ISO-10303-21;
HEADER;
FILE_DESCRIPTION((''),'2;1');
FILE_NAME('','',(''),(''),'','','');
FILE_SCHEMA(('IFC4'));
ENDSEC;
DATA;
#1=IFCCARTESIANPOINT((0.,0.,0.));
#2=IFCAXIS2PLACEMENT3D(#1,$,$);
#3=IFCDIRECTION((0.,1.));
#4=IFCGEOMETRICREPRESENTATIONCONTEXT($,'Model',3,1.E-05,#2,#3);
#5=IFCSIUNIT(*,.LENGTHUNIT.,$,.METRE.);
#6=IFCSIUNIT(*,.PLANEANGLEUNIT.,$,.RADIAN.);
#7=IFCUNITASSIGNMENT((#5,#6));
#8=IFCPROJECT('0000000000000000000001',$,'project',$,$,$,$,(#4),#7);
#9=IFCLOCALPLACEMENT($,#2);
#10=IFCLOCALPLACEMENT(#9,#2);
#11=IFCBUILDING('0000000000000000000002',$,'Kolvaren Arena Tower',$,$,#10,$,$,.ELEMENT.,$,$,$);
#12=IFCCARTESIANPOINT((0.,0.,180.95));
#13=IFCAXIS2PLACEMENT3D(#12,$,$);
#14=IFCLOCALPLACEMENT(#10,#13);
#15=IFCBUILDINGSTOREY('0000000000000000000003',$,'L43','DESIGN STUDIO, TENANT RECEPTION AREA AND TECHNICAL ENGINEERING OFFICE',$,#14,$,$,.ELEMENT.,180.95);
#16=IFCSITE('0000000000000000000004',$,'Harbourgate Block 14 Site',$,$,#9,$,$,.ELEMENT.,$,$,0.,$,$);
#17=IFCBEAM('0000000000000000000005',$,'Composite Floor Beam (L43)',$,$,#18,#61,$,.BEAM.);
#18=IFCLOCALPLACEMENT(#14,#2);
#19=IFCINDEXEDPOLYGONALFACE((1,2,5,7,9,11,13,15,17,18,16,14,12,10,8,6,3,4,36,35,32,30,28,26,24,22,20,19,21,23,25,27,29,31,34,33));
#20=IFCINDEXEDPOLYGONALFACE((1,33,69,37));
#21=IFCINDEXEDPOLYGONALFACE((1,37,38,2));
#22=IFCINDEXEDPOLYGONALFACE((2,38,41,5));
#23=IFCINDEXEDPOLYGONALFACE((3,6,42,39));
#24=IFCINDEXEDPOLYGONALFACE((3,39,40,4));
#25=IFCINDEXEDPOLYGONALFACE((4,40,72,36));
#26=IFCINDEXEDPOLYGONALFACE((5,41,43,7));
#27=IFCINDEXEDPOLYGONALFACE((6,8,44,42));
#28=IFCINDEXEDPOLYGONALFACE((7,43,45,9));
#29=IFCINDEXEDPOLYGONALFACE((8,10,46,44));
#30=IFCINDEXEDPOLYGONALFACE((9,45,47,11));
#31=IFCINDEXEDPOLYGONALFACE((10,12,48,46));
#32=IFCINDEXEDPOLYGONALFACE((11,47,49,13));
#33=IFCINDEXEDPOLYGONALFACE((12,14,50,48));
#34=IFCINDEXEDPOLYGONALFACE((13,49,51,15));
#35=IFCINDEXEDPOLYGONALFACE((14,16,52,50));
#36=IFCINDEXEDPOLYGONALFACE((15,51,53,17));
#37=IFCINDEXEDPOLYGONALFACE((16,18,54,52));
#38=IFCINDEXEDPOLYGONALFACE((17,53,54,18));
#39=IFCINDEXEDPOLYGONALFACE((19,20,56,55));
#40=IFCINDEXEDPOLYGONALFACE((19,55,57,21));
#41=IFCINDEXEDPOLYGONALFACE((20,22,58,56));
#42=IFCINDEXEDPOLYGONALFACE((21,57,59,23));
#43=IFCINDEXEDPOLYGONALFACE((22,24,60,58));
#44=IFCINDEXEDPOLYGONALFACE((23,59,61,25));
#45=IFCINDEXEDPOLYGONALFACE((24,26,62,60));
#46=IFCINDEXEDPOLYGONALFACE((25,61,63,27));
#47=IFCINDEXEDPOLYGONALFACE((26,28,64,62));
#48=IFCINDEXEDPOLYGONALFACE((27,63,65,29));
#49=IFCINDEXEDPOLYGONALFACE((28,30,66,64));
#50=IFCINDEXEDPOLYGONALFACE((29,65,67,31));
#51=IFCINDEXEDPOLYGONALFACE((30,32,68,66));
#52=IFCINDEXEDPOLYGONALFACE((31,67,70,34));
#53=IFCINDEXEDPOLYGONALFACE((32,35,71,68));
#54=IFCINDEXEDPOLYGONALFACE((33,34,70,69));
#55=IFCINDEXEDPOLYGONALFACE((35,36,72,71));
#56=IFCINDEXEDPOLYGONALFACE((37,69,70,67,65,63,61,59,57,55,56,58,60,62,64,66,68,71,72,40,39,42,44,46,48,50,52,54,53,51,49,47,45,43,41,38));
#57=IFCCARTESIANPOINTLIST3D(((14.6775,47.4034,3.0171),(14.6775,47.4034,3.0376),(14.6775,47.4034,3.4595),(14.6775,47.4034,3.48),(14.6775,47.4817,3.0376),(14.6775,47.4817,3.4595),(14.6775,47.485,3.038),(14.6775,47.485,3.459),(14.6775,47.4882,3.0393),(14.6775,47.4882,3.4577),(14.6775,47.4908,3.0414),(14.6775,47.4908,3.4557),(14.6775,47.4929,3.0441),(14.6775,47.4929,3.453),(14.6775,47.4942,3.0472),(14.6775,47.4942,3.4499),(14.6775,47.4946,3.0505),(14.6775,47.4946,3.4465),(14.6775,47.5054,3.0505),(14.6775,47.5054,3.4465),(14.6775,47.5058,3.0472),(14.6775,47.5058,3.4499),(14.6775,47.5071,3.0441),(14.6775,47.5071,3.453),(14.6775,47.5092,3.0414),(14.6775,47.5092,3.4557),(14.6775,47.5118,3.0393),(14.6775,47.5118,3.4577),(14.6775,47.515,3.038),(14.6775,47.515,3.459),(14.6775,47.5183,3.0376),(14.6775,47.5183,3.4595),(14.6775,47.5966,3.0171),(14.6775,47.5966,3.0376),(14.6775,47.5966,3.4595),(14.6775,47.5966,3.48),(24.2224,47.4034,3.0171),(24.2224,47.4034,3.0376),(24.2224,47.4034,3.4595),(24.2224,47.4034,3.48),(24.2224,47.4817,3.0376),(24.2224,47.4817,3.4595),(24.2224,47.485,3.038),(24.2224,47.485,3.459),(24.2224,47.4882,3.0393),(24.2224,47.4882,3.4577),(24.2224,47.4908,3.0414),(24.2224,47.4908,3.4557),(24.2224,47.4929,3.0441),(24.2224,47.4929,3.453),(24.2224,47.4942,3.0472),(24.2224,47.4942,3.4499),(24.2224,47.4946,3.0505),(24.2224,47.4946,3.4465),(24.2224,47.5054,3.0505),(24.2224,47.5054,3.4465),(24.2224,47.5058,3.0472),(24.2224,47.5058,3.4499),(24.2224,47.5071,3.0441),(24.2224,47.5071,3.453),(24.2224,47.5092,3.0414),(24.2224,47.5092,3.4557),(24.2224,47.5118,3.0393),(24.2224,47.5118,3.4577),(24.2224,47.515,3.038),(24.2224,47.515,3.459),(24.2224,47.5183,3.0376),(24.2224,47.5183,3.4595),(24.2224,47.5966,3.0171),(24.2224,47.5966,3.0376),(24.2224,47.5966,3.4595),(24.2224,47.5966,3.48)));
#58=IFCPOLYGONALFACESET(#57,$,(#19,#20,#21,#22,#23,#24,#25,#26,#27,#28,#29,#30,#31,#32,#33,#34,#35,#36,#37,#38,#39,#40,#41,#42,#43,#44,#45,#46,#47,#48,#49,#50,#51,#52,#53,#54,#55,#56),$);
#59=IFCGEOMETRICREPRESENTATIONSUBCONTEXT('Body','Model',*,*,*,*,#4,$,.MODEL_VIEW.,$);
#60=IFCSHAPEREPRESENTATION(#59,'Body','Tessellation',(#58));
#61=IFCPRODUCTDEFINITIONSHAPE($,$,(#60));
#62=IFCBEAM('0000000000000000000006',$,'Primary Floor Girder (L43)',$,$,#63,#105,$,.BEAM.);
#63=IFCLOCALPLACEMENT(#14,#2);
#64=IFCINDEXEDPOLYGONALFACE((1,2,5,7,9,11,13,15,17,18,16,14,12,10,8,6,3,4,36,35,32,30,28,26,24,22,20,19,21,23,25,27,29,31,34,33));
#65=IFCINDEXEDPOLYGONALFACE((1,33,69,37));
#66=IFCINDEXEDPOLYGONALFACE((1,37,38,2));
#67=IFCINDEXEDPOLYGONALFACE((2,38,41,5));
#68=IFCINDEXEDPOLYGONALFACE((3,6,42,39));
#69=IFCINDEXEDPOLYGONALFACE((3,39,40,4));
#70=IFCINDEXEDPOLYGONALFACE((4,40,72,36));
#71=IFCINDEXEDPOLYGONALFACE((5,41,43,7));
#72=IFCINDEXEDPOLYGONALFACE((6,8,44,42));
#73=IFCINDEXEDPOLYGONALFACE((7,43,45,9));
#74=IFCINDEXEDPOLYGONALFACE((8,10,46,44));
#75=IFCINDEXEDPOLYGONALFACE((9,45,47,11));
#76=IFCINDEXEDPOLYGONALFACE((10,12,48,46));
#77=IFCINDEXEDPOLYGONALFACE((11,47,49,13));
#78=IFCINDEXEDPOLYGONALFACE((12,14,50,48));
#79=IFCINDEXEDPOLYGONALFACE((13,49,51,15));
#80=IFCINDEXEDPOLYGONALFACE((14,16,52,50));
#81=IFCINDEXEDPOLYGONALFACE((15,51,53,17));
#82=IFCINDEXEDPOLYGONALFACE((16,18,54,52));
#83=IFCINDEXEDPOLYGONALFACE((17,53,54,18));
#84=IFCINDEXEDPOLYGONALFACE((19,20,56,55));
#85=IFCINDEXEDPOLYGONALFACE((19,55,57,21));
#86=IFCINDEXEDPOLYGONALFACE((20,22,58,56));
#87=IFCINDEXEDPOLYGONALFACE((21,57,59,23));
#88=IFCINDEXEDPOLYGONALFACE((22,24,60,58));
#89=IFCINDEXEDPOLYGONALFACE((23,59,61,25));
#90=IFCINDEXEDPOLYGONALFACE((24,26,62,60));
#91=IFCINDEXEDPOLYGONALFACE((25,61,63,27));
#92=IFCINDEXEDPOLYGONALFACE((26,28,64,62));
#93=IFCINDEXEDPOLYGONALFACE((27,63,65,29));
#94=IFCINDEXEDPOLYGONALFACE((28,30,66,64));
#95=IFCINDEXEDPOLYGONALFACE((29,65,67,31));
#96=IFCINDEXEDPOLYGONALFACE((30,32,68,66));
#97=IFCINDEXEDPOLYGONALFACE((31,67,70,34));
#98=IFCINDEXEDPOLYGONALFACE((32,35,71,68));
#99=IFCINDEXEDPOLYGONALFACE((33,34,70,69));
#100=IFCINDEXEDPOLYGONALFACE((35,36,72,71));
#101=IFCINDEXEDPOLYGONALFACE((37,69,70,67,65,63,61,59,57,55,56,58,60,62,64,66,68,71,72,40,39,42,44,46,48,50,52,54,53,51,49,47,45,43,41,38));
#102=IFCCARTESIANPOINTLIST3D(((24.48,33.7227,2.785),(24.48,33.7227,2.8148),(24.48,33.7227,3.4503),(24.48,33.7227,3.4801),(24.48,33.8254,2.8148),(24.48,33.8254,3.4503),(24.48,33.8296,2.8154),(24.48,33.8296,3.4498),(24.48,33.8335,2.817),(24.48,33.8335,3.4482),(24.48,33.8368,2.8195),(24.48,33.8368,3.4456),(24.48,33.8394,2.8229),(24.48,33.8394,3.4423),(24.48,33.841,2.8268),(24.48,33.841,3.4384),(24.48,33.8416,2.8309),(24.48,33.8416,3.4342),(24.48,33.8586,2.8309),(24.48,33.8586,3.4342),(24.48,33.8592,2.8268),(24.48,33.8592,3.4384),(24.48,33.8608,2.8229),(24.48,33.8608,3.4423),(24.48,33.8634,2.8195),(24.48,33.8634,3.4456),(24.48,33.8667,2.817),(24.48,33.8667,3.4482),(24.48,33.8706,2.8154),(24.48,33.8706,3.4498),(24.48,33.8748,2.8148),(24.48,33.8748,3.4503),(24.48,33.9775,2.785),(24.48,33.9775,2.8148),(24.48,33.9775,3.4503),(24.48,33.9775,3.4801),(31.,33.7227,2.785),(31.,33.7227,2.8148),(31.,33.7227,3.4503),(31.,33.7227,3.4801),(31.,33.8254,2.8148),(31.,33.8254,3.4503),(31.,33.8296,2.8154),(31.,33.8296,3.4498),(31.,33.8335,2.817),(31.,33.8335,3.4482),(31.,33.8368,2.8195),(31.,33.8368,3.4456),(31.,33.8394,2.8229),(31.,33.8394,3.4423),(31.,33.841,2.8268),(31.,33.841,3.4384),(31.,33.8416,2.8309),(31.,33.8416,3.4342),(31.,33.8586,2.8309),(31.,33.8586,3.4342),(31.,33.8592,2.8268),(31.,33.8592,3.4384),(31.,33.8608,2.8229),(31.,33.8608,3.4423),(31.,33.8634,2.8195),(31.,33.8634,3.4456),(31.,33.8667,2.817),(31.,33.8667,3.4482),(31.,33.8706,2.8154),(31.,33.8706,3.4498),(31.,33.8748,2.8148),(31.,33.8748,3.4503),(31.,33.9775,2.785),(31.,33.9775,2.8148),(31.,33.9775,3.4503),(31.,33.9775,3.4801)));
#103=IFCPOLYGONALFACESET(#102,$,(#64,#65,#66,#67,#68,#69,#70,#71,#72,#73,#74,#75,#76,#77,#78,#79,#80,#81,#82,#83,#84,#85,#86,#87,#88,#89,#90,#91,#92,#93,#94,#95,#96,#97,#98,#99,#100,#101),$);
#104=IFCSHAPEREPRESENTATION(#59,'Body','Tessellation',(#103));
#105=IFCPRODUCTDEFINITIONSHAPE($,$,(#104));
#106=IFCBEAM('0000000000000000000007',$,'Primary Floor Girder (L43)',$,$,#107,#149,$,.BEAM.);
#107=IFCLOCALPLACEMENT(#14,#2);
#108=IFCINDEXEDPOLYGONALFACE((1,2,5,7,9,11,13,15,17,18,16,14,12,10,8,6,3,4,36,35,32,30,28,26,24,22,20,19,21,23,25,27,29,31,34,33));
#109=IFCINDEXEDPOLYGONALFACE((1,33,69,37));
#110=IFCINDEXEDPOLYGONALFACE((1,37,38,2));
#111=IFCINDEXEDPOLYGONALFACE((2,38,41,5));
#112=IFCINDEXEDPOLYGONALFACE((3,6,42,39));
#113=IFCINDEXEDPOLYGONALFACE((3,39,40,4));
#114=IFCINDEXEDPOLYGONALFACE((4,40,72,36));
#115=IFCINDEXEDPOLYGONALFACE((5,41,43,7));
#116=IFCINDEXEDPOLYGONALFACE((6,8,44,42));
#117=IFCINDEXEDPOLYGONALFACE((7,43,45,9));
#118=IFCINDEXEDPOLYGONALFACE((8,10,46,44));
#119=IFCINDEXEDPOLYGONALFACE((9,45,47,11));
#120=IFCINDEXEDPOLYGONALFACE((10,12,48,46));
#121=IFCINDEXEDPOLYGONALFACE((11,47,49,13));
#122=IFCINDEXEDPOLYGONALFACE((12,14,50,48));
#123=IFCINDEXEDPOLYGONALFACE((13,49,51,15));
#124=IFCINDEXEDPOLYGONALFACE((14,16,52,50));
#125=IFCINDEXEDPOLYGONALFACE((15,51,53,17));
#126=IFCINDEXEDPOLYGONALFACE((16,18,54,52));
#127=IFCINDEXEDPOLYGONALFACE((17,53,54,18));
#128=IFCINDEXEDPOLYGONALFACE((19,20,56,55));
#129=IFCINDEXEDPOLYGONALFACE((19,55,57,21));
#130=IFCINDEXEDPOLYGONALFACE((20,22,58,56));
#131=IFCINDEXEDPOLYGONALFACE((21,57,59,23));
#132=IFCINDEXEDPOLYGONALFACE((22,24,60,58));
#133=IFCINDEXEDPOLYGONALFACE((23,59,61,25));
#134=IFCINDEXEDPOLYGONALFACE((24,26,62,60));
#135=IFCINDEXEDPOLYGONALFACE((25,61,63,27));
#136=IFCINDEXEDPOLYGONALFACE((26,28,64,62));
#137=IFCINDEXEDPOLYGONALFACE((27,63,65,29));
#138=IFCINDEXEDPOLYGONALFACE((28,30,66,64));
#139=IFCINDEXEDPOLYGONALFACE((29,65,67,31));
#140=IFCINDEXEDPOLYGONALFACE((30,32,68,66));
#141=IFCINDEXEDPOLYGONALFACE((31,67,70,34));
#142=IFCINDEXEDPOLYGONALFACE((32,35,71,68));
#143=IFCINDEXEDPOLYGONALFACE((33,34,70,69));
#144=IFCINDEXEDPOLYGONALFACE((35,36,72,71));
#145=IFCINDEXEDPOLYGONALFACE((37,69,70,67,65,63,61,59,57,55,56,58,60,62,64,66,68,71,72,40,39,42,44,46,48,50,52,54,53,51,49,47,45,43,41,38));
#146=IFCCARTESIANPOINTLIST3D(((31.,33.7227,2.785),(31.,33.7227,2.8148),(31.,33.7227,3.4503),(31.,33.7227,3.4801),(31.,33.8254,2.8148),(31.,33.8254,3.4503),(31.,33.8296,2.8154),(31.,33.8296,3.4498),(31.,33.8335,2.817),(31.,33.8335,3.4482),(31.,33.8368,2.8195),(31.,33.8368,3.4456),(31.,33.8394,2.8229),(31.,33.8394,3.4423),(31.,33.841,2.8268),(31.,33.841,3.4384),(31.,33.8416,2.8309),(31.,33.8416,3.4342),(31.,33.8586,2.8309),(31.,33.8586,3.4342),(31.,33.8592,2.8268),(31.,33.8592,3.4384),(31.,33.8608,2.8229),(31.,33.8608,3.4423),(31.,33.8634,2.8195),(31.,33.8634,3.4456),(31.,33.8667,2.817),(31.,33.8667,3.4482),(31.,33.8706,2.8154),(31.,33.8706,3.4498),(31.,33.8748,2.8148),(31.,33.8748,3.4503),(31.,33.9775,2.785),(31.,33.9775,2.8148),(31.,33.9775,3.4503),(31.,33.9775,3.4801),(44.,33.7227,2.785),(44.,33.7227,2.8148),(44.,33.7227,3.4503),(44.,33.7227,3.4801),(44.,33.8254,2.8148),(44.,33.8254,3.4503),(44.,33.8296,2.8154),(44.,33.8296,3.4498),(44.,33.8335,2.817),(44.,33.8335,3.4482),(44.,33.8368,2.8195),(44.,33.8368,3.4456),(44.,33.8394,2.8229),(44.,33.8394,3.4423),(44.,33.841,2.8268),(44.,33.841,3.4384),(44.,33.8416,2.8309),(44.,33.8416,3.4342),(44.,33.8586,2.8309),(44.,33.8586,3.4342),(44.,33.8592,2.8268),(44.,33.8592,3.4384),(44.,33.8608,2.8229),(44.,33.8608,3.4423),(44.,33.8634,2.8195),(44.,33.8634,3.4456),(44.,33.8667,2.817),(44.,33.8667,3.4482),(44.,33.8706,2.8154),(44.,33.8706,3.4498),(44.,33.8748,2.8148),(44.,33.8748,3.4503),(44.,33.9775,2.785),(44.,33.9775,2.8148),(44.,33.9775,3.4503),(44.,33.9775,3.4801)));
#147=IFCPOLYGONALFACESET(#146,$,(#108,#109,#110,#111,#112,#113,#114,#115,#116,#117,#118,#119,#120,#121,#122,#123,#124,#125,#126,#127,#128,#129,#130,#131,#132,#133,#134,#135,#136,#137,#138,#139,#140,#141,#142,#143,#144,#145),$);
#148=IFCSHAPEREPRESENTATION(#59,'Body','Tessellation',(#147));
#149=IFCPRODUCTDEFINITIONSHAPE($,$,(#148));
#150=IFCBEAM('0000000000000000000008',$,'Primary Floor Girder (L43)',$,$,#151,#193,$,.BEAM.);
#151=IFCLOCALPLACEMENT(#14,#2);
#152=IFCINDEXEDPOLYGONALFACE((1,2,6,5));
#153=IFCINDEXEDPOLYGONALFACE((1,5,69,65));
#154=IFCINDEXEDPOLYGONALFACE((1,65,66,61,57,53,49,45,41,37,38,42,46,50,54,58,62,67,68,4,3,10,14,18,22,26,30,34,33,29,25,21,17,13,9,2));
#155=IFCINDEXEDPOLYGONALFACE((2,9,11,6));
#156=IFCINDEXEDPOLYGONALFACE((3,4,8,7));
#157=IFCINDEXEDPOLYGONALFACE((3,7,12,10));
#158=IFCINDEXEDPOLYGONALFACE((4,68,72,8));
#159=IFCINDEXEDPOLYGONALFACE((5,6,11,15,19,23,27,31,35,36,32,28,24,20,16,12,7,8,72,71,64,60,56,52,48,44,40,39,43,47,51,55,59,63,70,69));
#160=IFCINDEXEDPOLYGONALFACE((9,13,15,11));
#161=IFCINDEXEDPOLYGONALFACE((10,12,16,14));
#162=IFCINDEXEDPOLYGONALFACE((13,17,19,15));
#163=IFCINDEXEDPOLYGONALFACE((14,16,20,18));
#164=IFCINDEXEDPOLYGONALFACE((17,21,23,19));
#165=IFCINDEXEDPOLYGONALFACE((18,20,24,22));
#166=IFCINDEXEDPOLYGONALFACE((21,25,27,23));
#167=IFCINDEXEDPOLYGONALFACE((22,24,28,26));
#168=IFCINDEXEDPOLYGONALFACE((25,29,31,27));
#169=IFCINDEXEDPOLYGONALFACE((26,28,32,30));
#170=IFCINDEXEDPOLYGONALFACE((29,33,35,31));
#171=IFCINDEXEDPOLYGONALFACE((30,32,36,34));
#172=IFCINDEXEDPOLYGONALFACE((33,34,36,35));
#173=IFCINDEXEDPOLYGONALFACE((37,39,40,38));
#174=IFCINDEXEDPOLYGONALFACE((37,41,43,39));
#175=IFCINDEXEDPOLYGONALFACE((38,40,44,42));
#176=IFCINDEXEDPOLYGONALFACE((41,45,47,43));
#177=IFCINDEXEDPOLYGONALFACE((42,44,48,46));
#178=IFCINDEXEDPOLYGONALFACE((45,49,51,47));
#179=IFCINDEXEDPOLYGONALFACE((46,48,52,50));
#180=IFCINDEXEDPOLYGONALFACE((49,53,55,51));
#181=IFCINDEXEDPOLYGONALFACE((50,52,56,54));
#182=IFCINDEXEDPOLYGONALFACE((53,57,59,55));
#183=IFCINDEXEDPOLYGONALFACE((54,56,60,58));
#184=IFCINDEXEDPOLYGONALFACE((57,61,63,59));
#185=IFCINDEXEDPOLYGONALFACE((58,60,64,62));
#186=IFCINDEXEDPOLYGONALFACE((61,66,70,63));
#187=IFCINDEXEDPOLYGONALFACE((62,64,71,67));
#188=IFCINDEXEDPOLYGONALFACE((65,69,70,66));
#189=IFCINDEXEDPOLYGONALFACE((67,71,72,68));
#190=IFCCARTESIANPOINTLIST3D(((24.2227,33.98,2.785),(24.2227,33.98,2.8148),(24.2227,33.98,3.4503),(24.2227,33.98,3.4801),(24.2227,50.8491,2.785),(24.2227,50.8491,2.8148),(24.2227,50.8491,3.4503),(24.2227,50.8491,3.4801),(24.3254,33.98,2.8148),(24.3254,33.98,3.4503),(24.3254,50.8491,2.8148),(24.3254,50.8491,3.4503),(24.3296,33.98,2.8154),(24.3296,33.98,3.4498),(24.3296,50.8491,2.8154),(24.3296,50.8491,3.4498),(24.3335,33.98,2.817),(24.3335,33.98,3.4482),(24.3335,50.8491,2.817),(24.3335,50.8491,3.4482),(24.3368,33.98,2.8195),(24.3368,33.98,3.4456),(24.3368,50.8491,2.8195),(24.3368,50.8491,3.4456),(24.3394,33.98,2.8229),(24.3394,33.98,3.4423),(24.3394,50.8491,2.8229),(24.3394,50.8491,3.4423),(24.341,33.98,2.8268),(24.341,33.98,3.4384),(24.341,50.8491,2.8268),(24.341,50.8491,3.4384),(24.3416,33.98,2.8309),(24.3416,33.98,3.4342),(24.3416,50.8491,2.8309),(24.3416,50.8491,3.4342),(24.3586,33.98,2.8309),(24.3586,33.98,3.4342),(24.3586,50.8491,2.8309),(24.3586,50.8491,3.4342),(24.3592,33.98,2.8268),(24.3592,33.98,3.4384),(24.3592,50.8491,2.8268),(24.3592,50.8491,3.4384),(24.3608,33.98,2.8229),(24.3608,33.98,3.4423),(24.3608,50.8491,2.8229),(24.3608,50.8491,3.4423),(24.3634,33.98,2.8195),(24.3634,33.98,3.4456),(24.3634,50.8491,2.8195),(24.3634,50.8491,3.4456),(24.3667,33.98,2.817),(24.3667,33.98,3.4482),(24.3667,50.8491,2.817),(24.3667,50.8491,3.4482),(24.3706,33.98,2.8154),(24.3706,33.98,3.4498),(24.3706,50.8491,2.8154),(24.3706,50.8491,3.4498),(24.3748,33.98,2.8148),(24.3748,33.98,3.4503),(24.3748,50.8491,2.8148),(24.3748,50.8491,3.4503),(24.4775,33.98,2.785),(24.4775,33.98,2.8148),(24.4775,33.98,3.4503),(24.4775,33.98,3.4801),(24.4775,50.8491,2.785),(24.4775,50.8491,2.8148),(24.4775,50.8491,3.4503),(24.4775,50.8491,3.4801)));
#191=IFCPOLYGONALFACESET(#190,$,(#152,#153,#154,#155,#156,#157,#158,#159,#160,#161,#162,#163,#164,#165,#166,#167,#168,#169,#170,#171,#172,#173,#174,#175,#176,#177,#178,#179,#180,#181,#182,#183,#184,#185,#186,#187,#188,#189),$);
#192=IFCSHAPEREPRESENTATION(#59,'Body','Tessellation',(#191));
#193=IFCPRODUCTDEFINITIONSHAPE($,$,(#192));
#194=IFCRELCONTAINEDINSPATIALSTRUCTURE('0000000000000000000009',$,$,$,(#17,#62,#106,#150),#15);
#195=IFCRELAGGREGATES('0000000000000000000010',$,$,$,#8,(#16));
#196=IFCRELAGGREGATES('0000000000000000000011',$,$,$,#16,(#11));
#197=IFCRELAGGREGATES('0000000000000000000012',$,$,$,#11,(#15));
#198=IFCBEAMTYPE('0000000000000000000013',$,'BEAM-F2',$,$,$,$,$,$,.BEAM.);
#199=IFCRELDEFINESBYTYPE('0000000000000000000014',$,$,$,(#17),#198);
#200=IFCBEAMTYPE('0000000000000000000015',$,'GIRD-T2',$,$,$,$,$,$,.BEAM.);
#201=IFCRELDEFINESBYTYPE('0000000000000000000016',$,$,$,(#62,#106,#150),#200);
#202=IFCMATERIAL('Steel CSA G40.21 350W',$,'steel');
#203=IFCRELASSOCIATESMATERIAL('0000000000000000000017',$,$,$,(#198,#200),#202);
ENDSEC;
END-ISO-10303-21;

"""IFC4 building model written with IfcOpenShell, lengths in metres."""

from ifc_helpers import new_model, si_unit, direction, frame, origin, origin_2d, place, context, subcontext, project, spatial, i_section, extrude, material, material_profile, profile_set, type_object, element, save


model = new_model("IFC4")

# Units and contexts
model_context = context("Model", 3, precision=1e-05, world=origin(), true_north=direction((0.0, 1.0)))
body_context = subcontext(model_context, "Body", "Model", "MODEL_VIEW")
ifc_project = project(units=[si_unit("LENGTHUNIT", "METRE"), si_unit("PLANEANGLEUNIT", "RADIAN")], contexts=[model_context])

# Site, building, storey
site_placement = place(None, origin())
site = spatial("IfcSite", under=ifc_project, at=site_placement, Name="Harbourgate Block 14 Site", CompositionType="ELEMENT", RefElevation=0.0)
building_placement = place(site_placement, origin())
building = spatial("IfcBuilding", under=site, at=building_placement, Name="Kolvaren Arena Tower", CompositionType="ELEMENT")
storey_placement = place(building_placement, frame((0.0, 0.0, 180.95)))
storey = spatial("IfcBuildingStorey", under=building, at=storey_placement, Name="L43", Description="DESIGN STUDIO, TENANT RECEPTION AREA AND TECHNICAL ENGINEERING OFFICE", CompositionType="ELEMENT", Elevation=180.95)

# Beams
ifc_material_1 = material(Name="Steel CSA G40.21 350W", Category="steel")
ifc_material_profile_1 = material_profile(ifc_material_1, i_section(OverallWidth=0.1931, OverallDepth=0.4629, WebThickness=0.0107, FlangeThickness=0.0205, FilletRadius=0.0129, at=origin_2d()), Name="W460x113")
ifc_profile_set_1 = profile_set([ifc_material_profile_1], Name="Steel CSA G40.21 350W")
beam_type_1 = type_object("IfcBeamType", Name="BEAM-F2", PredefinedType="BEAM", material=ifc_profile_set_1)
beam_1_placement = place(storey_placement, frame((14.6775, 47.5, 3.2485), z_axis=(1.0, 0.0, 0.0), x_axis=(0.0, 1.0, 0.0)))
element("IfcBeam", 1, at=beam_1_placement, inside=storey, type_object=beam_type_1, Name="Composite Floor Beam (L43)", PredefinedType="BEAM", context=body_context, shape_type="SweptSolid", body=[
    extrude(i_section(OverallWidth=0.1931, OverallDepth=0.4629, WebThickness=0.0107, FlangeThickness=0.0205, FilletRadius=0.0129, at=origin_2d()), origin(), (0.0, 0.0, 1.0), 9.5449),
])
ifc_material_profile_2 = material_profile(ifc_material_1, i_section(OverallWidth=0.2549, OverallDepth=0.6951, WebThickness=0.0171, FlangeThickness=0.0298, FilletRadius=0.0161, at=origin_2d()), Name="W690x217")
ifc_profile_set_2 = profile_set([ifc_material_profile_2], Name="Steel CSA G40.21 350W")
beam_type_2 = type_object("IfcBeamType", Name="GIRD-T2", PredefinedType="BEAM", material=ifc_profile_set_2)
beam_2_placement = place(storey_placement, frame((24.48, 33.8501, 3.1326), z_axis=(1.0, 0.0, 0.0), x_axis=(0.0, 1.0, 0.0)))
element("IfcBeam", 2, at=beam_2_placement, inside=storey, type_object=beam_type_2, Name="Primary Floor Girder (L43)", PredefinedType="BEAM", context=body_context, shape_type="SweptSolid", body=[
    extrude(i_section(OverallWidth=0.2549, OverallDepth=0.6951, WebThickness=0.0171, FlangeThickness=0.0298, FilletRadius=0.0161, at=origin_2d()), origin(), (0.0, 0.0, 1.0), 6.52),
])
beam_3_placement = place(storey_placement, frame((31.0, 33.8501, 3.1326), z_axis=(1.0, 0.0, 0.0), x_axis=(0.0, 1.0, 0.0)))
element("IfcBeam", 3, at=beam_3_placement, inside=storey, type_object=beam_type_2, Name="Primary Floor Girder (L43)", PredefinedType="BEAM", context=body_context, shape_type="SweptSolid", body=[
    extrude(i_section(OverallWidth=0.2549, OverallDepth=0.6951, WebThickness=0.0171, FlangeThickness=0.0298, FilletRadius=0.0161, at=origin_2d()), origin(), (0.0, 0.0, 1.0), 13.0),
])
beam_4_placement = place(storey_placement, frame((24.3501, 33.98, 3.1326), z_axis=(0.0, 1.0, 0.0), x_axis=(-1.0, 0.0, 0.0)))
element("IfcBeam", 4, at=beam_4_placement, inside=storey, type_object=beam_type_2, Name="Primary Floor Girder (L43)", PredefinedType="BEAM", context=body_context, shape_type="SweptSolid", body=[
    extrude(i_section(OverallWidth=0.2549, OverallDepth=0.6951, WebThickness=0.0171, FlangeThickness=0.0298, FilletRadius=0.0161, at=origin_2d()), origin(), (0.0, 0.0, 1.0), 16.8691),
])

save(model, "model.ifc")
